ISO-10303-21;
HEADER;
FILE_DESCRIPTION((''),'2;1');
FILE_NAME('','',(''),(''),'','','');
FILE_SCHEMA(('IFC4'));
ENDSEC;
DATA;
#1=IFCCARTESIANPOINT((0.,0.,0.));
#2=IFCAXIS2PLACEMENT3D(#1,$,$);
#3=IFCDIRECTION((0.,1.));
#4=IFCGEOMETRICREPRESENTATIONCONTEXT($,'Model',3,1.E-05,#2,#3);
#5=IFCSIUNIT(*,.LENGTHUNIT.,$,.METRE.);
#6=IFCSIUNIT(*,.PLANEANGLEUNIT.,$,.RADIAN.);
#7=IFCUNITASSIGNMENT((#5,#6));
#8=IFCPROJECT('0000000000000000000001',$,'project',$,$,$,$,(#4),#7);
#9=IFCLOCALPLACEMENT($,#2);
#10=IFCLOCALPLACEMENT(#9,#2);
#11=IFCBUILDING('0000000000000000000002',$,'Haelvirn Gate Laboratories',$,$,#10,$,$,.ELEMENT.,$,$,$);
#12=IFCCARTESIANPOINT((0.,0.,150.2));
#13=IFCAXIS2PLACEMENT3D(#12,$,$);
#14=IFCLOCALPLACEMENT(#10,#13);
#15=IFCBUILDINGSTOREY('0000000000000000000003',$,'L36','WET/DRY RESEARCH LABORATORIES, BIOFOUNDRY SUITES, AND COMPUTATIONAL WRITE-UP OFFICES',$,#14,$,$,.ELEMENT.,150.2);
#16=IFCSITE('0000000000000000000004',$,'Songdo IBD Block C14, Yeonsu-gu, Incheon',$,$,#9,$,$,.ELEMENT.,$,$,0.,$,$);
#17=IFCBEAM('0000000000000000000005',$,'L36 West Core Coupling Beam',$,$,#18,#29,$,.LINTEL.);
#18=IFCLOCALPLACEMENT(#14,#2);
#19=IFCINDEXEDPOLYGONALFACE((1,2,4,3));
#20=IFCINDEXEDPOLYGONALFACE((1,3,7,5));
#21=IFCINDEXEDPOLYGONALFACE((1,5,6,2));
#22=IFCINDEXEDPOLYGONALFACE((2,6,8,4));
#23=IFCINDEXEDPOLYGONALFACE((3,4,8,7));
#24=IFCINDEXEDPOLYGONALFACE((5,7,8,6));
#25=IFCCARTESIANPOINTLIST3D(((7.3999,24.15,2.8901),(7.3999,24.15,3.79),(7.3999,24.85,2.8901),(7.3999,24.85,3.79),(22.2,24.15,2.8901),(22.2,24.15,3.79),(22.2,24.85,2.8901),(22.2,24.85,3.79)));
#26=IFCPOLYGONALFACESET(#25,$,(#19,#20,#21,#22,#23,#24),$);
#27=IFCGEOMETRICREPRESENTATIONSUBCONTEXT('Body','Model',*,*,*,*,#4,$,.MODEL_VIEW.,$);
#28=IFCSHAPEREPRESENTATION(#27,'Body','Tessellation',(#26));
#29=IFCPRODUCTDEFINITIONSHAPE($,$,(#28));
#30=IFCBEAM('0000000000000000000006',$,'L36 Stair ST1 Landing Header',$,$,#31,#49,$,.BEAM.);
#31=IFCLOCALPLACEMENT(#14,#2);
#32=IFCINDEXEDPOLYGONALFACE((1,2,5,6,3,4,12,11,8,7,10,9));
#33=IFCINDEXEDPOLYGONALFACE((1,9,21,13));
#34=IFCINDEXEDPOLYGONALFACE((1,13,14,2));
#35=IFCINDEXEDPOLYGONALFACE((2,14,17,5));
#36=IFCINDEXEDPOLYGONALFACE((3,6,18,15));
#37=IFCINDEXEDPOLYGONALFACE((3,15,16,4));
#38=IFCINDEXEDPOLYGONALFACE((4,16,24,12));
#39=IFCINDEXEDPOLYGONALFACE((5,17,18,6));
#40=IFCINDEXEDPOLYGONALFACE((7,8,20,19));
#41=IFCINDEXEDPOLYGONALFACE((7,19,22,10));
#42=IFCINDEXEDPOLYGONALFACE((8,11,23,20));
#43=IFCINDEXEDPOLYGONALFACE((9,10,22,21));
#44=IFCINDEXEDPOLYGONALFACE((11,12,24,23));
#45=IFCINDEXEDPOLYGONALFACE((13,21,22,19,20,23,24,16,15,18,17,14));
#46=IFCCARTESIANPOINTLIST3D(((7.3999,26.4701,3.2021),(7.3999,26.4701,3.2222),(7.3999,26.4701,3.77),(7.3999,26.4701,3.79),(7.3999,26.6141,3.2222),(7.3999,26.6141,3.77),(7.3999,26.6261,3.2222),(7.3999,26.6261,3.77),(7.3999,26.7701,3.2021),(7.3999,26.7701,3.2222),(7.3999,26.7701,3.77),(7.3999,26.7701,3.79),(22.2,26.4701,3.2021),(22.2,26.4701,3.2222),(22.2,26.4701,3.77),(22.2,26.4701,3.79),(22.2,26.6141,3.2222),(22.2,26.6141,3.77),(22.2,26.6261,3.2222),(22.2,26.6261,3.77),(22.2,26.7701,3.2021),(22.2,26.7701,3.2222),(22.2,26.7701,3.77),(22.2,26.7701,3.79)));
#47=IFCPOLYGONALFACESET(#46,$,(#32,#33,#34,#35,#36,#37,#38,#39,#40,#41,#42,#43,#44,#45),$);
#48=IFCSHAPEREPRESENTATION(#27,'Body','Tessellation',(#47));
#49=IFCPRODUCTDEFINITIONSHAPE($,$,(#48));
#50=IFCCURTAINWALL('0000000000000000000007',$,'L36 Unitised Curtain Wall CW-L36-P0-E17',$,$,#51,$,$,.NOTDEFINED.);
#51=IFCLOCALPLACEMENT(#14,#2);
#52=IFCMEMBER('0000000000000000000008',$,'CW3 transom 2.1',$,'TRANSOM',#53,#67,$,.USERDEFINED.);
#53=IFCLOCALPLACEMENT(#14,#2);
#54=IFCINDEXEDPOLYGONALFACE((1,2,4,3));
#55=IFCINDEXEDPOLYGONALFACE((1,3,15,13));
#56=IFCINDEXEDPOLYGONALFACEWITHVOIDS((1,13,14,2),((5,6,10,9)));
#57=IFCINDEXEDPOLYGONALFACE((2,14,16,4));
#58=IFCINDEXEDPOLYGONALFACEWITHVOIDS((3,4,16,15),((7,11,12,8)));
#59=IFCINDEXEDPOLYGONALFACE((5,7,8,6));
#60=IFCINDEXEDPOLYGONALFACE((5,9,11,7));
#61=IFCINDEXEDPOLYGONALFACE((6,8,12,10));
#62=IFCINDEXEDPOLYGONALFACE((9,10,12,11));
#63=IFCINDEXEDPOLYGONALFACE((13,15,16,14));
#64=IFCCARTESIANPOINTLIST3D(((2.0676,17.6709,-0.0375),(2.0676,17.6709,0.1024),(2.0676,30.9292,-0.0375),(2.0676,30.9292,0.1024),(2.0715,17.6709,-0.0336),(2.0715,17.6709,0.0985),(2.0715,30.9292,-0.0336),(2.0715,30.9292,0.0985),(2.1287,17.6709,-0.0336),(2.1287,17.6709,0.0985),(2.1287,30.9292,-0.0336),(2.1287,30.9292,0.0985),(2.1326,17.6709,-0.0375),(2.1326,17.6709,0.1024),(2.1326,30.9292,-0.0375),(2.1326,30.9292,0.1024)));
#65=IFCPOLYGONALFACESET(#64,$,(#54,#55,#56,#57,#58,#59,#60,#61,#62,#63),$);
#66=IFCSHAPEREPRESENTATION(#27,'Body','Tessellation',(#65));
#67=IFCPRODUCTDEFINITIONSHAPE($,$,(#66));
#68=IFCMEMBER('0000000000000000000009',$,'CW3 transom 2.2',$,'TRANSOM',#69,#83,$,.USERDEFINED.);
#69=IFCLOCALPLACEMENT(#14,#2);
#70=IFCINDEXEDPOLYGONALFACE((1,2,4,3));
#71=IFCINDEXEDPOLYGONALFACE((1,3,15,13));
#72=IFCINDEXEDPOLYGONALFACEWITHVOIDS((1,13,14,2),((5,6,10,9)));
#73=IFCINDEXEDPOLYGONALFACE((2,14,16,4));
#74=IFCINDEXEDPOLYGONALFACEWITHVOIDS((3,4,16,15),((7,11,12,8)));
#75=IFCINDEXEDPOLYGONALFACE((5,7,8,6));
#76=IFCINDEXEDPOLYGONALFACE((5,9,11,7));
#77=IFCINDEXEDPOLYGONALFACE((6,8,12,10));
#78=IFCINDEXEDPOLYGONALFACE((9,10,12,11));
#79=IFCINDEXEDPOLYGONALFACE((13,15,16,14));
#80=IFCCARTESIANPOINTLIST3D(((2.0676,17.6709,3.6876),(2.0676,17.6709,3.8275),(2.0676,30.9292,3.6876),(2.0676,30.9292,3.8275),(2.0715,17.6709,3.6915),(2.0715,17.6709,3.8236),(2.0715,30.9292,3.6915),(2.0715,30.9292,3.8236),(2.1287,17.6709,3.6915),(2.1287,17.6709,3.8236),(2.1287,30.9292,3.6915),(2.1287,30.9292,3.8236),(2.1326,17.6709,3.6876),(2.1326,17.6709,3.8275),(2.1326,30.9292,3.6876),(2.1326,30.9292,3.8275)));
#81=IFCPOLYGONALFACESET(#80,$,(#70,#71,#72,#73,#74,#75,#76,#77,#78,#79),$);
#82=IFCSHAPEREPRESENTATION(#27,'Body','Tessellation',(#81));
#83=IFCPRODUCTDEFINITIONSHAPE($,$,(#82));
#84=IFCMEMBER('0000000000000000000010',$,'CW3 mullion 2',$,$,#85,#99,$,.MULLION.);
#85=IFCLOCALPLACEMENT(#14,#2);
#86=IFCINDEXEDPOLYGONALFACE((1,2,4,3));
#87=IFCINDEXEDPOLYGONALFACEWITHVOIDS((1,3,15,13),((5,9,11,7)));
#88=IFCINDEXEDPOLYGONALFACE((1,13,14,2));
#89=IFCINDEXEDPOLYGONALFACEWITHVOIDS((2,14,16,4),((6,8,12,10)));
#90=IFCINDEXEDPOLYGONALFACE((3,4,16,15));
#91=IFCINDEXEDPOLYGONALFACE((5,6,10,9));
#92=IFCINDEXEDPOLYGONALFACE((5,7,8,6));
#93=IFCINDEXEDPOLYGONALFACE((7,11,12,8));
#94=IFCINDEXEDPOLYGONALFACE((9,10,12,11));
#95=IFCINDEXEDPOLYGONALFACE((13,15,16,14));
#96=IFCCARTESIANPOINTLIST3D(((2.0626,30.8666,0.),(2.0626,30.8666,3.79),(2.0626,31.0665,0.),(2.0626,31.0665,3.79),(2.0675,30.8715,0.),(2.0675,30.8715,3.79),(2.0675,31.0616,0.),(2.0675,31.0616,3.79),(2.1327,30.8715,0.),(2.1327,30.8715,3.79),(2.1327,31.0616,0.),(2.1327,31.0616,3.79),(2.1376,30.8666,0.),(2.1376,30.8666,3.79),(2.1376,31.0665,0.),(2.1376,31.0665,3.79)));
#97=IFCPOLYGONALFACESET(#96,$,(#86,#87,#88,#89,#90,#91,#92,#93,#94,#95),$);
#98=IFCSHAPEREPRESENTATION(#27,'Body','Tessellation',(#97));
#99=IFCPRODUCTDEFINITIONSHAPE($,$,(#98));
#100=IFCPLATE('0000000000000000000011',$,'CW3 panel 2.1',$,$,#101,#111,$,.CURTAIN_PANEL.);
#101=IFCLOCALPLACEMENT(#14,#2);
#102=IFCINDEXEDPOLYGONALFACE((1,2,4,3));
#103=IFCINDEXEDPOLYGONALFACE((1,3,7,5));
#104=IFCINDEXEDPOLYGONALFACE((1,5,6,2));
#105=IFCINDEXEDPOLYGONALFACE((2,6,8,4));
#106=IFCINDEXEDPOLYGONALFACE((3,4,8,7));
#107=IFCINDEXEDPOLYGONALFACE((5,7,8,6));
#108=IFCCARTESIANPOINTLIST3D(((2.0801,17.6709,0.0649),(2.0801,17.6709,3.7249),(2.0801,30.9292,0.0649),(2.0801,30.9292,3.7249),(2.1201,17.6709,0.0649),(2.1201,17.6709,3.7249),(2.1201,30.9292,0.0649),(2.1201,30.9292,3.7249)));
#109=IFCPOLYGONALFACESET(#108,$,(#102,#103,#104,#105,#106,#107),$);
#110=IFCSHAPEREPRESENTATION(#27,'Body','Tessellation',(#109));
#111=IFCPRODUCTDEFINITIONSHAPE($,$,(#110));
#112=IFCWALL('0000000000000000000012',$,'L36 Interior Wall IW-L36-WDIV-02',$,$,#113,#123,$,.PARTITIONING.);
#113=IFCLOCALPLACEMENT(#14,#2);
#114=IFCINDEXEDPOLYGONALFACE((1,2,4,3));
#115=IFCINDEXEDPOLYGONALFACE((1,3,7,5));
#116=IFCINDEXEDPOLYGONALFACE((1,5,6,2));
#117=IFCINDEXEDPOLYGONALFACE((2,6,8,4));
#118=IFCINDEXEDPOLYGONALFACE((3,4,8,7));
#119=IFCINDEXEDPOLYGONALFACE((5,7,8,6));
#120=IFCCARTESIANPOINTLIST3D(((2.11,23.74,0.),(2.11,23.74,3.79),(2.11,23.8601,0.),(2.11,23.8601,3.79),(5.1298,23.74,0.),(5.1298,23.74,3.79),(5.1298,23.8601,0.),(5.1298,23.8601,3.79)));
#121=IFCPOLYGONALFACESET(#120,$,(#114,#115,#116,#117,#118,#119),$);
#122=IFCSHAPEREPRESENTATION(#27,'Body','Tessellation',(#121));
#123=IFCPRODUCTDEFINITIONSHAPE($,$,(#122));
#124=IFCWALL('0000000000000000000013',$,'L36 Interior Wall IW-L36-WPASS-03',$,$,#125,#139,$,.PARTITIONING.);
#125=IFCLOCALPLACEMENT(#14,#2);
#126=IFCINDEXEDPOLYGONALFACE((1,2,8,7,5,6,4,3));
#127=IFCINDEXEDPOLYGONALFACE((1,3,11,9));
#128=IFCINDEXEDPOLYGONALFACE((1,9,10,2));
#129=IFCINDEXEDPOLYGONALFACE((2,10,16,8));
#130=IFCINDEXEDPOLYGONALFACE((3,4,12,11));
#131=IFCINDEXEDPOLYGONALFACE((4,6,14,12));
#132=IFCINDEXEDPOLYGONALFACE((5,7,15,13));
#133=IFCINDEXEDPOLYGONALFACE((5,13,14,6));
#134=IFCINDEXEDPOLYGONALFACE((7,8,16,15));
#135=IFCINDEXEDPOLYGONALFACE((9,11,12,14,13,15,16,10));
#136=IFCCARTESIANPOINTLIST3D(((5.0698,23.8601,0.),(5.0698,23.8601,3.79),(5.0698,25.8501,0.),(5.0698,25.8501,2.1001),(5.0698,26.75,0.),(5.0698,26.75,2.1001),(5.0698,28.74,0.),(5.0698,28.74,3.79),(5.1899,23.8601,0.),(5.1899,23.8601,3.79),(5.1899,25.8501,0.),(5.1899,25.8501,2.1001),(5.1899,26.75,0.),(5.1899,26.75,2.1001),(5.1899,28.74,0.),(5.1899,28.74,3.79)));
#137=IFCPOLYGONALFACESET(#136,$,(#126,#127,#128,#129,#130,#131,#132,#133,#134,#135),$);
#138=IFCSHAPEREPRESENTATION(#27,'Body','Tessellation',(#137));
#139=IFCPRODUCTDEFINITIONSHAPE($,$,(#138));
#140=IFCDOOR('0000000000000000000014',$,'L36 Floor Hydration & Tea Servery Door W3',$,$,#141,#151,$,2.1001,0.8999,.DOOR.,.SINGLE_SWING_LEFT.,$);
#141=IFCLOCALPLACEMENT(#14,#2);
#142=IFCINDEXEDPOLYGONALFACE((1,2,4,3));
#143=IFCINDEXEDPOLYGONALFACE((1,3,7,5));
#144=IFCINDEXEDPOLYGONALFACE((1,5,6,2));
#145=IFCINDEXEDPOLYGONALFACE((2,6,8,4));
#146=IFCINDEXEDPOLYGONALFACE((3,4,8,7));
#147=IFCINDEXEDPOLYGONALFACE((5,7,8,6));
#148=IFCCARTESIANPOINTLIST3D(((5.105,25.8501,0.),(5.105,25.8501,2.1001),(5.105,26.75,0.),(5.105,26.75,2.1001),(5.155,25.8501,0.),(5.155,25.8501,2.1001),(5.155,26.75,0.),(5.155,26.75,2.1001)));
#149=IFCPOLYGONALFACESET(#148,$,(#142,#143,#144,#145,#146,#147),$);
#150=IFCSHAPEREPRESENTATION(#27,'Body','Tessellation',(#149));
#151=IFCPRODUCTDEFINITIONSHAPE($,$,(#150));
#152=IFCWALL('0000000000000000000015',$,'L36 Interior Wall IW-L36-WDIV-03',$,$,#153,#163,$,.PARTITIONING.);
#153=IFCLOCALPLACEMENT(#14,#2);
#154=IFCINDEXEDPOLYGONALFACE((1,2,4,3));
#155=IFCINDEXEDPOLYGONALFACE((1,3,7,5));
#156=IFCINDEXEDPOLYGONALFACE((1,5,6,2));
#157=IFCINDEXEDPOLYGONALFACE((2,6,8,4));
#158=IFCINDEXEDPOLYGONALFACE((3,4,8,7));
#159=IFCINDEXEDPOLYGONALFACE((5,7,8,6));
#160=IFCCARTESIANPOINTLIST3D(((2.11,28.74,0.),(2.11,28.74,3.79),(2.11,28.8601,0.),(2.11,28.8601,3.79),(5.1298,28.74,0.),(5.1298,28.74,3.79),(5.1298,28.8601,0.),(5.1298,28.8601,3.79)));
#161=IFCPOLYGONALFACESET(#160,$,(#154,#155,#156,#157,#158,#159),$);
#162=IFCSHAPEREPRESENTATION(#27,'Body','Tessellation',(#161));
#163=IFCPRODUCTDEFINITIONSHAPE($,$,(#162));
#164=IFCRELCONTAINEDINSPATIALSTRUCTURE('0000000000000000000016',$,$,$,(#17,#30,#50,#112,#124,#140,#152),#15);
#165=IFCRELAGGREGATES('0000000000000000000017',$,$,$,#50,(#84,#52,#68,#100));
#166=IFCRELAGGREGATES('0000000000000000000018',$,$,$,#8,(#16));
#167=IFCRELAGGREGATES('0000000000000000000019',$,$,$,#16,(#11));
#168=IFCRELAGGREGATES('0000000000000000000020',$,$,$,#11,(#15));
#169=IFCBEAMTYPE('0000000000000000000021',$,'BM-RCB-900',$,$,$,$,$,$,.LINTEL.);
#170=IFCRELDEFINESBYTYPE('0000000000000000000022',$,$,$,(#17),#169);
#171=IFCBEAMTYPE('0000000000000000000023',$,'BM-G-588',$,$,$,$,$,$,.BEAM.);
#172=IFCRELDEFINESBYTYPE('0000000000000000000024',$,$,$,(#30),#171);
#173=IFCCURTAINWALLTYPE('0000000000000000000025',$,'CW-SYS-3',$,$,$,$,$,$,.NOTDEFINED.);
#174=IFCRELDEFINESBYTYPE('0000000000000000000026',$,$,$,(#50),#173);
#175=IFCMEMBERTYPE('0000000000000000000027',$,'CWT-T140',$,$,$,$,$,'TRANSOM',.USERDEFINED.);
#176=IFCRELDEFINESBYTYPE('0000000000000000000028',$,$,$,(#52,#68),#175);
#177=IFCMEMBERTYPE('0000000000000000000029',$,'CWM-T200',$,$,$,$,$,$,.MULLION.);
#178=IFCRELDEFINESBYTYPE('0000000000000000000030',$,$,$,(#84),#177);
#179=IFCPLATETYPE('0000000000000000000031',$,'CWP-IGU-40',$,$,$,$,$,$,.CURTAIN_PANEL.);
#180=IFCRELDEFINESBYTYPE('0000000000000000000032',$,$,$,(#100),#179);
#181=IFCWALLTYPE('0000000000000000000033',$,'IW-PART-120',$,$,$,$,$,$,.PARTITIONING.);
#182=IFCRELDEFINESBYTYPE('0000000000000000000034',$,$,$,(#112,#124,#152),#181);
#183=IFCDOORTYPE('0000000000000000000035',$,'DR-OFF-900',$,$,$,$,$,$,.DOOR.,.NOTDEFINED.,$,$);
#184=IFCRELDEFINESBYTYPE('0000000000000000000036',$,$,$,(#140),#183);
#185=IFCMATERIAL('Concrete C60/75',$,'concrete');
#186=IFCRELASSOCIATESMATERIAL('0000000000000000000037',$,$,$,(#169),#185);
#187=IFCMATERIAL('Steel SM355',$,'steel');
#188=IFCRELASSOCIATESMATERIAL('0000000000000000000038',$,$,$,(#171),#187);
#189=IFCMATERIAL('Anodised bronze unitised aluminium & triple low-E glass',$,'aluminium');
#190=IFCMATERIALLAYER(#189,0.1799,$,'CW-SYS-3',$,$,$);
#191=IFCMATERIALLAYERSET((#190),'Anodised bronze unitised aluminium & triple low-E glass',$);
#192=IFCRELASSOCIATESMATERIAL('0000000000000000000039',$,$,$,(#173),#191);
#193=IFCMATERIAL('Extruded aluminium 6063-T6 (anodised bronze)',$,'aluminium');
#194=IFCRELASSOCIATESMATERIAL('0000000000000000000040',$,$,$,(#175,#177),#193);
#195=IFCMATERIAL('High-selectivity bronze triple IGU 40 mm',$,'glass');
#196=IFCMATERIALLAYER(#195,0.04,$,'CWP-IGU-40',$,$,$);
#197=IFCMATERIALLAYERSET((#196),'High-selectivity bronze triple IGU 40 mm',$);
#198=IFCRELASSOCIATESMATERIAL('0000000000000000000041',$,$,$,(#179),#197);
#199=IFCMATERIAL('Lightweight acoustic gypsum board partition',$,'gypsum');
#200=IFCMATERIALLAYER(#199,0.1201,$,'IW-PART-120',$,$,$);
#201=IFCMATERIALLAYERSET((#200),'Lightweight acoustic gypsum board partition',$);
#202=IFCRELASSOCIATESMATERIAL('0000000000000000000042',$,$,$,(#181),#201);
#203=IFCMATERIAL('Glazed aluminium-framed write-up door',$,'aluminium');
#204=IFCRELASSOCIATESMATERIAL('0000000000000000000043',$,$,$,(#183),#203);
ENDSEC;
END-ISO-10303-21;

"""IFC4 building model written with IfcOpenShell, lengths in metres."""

from ifc_helpers import new_model, si_unit, direction, frame, frame_2d, origin, origin_2d, place, context, subcontext, project, spatial, rectangle, hollow_rectangle, i_section, extrude, source, transform, mapped, material, layer, layer_set, material_profile, profile_set, type_object, type_shapes, element, fill, aggregate, save


model = new_model("IFC4")

# Units and contexts
model_context = context("Model", 3, precision=1e-05, world=origin(), true_north=direction((0.0, 1.0)))
body_context = subcontext(model_context, "Body", "Model", "MODEL_VIEW")
ifc_project = project(units=[si_unit("LENGTHUNIT", "METRE"), si_unit("PLANEANGLEUNIT", "RADIAN")], contexts=[model_context])

# Site, building, storey
site_placement = place(None, origin())
site = spatial("IfcSite", under=ifc_project, at=site_placement, Name="Songdo IBD Block C14, Yeonsu-gu, Incheon", CompositionType="ELEMENT", RefElevation=0.0)
building_placement = place(site_placement, origin())
building = spatial("IfcBuilding", under=site, at=building_placement, Name="Haelvirn Gate Laboratories", CompositionType="ELEMENT")
storey_placement = place(building_placement, frame((0.0, 0.0, 150.2)))
storey = spatial("IfcBuildingStorey", under=building, at=storey_placement, Name="L36", Description="WET/DRY RESEARCH LABORATORIES, BIOFOUNDRY SUITES, AND COMPUTATIONAL WRITE-UP OFFICES", CompositionType="ELEMENT", Elevation=150.2)

# Beams
ifc_material_1 = material(Name="Concrete C60/75", Category="concrete")
ifc_material_profile_1 = material_profile(ifc_material_1, rectangle(XDim=0.7, YDim=0.8999, at=origin_2d()), Name="RCB-700x900")
ifc_profile_set_1 = profile_set([ifc_material_profile_1], Name="Concrete C60/75")
beam_type_1 = type_object("IfcBeamType", Name="BM-RCB-900", PredefinedType="LINTEL", material=ifc_profile_set_1)
shared_shape_1 = source(origin(), body_context, "Body", "SweptSolid", [
    extrude(rectangle(XDim=0.7, YDim=0.8999, at=origin_2d()), origin(), (0.0, 0.0, 1.0), 14.8),
])
type_shapes(beam_type_1, [shared_shape_1])
beam_1_placement = place(storey_placement, frame((7.3999, 24.5, 3.3401), z_axis=(1.0, 0.0, 0.0), x_axis=(0.0, 1.0, 0.0)))
element("IfcBeam", 1, at=beam_1_placement, inside=storey, type_object=beam_type_1, Name="L36 West Core Coupling Beam", PredefinedType="LINTEL", context=body_context, shape_type="MappedRepresentation", body=[
    mapped(shared_shape_1, transform((0.0, 0.0, 0.0), scale=1.0)),
])
ifc_material_2 = material(Name="Steel SM355", Category="steel")
ifc_material_profile_2 = material_profile(ifc_material_2, i_section(OverallWidth=0.3, OverallDepth=0.5879, WebThickness=0.012, FlangeThickness=0.02, at=origin_2d()), Name="H-588x300x12x20")
ifc_profile_set_2 = profile_set([ifc_material_profile_2], Name="Steel SM355")
beam_type_2 = type_object("IfcBeamType", Name="BM-G-588", PredefinedType="BEAM", material=ifc_profile_set_2)
shared_shape_2 = source(origin(), body_context, "Body", "SweptSolid", [
    extrude(i_section(OverallWidth=0.3, OverallDepth=0.5879, WebThickness=0.012, FlangeThickness=0.02, at=origin_2d()), origin(), (0.0, 0.0, 1.0), 14.8),
])
type_shapes(beam_type_2, [shared_shape_2])
beam_2_placement = place(storey_placement, frame((7.3999, 26.6201, 3.4961), z_axis=(1.0, 0.0, 0.0), x_axis=(0.0, 1.0, 0.0)))
element("IfcBeam", 2, at=beam_2_placement, inside=storey, type_object=beam_type_2, Name="L36 Stair ST1 Landing Header", PredefinedType="BEAM", context=body_context, shape_type="MappedRepresentation", body=[
    mapped(shared_shape_2, transform((0.0, 0.0, 0.0), scale=1.0)),
])

# Curtain wall, members, plate
ifc_material_3 = material(Name="Anodised bronze unitised aluminium & triple low-E glass", Category="aluminium")
ifc_layer_1 = layer(ifc_material_3, 0.1799, Name="CW-SYS-3")
ifc_layer_set_1 = layer_set([ifc_layer_1], Name="Anodised bronze unitised aluminium & triple low-E glass")
curtain_wall_type = type_object("IfcCurtainWallType", Name="CW-SYS-3", PredefinedType="NOTDEFINED", material=ifc_layer_set_1)
curtain_wall_placement = place(storey_placement, origin())
curtain_wall = element("IfcCurtainWall", 3, at=curtain_wall_placement, inside=storey, type_object=curtain_wall_type, Name="L36 Unitised Curtain Wall CW-L36-P0-E17", PredefinedType="NOTDEFINED")
ifc_material_4 = material(Name="Extruded aluminium 6063-T6 (anodised bronze)", Category="aluminium")
ifc_material_profile_3 = material_profile(ifc_material_4, hollow_rectangle(XDim=0.0649, YDim=0.1399, WallThickness=0.0039, at=origin_2d()), Name="CWT-140x65x4")
ifc_profile_set_3 = profile_set([ifc_material_profile_3], Name="Extruded aluminium 6063-T6 (anodised bronze)")
member_type_1 = type_object("IfcMemberType", Name="CWT-T140", ElementType="TRANSOM", PredefinedType="USERDEFINED", material=ifc_profile_set_3)
shared_shape_3 = source(origin(), body_context, "Body", "SweptSolid", [
    extrude(hollow_rectangle(XDim=0.0649, YDim=0.1399, WallThickness=0.0039, at=origin_2d()), origin(), (0.0, 0.0, 1.0), 13.2583),
])
type_shapes(member_type_1, [shared_shape_3])
member_1_placement = place(storey_placement, frame((2.1001, 30.9292, 0.0325), z_axis=(0.0, -1.0, 0.0), x_axis=(1.0, 0.0, 0.0)))
member_1 = element("IfcMember", 4, at=member_1_placement, type_object=member_type_1, Name="CW3 transom 2.1", ObjectType="TRANSOM", PredefinedType="USERDEFINED", context=body_context, shape_type="MappedRepresentation", body=[
    mapped(shared_shape_3, transform((0.0, 0.0, 0.0), scale=1.0)),
])
member_2_placement = place(storey_placement, frame((2.1001, 30.9292, 3.7576), z_axis=(0.0, -1.0, 0.0), x_axis=(1.0, 0.0, 0.0)))
member_2 = element("IfcMember", 5, at=member_2_placement, type_object=member_type_1, Name="CW3 transom 2.2", ObjectType="TRANSOM", PredefinedType="USERDEFINED", context=body_context, shape_type="MappedRepresentation", body=[
    mapped(shared_shape_3, transform((0.0, 0.0, 0.0), scale=1.0)),
])
ifc_material_profile_4 = material_profile(ifc_material_4, hollow_rectangle(XDim=0.075, YDim=0.2, WallThickness=0.0049, at=origin_2d()), Name="CWM-200x75x5")
ifc_profile_set_4 = profile_set([ifc_material_profile_4], Name="Extruded aluminium 6063-T6 (anodised bronze)")
member_type_2 = type_object("IfcMemberType", Name="CWM-T200", PredefinedType="MULLION", material=ifc_profile_set_4)
shared_shape_4 = source(origin(), body_context, "Body", "SweptSolid", [
    extrude(hollow_rectangle(XDim=0.075, YDim=0.2, WallThickness=0.0049, at=origin_2d()), origin(), (0.0, 0.0, 1.0), 3.79),
])
type_shapes(member_type_2, [shared_shape_4])
member_3_placement = place(storey_placement, frame((2.1001, 30.9666, 0.0), z_axis=(0.0, 0.0, 1.0), x_axis=(1.0, 0.0, 0.0)))
member_3 = element("IfcMember", 6, at=member_3_placement, type_object=member_type_2, Name="CW3 mullion 2", PredefinedType="MULLION", context=body_context, shape_type="MappedRepresentation", body=[
    mapped(shared_shape_4, transform((0.0, 0.0, 0.0), scale=1.0)),
])
ifc_material_5 = material(Name="High-selectivity bronze triple IGU 40 mm", Category="glass")
ifc_layer_2 = layer(ifc_material_5, 0.04, Name="CWP-IGU-40")
ifc_layer_set_2 = layer_set([ifc_layer_2], Name="High-selectivity bronze triple IGU 40 mm")
plate_type = type_object("IfcPlateType", Name="CWP-IGU-40", PredefinedType="CURTAIN_PANEL", material=ifc_layer_set_2)
shared_shape_5 = source(origin(), body_context, "Body", "SweptSolid", [
    extrude(rectangle(XDim=13.2583, YDim=0.04, at=origin_2d()), origin(), (0.0, 0.0, 1.0), 3.6599),
])
type_shapes(plate_type, [shared_shape_5])
plate_placement = place(storey_placement, frame((2.1001, 24.3, 0.0649), z_axis=(0.0, 0.0, 1.0), x_axis=(0.0, -1.0, 0.0)))
plate = element("IfcPlate", 7, at=plate_placement, type_object=plate_type, Name="CW3 panel 2.1", PredefinedType="CURTAIN_PANEL", context=body_context, shape_type="MappedRepresentation", body=[
    mapped(shared_shape_5, transform((0.0, 0.0, 0.0), scale=1.0)),
])
aggregate(curtain_wall, [member_3, member_1, member_2, plate])

# Wall
ifc_material_6 = material(Name="Lightweight acoustic gypsum board partition", Category="gypsum")
ifc_layer_3 = layer(ifc_material_6, 0.1201, Name="IW-PART-120")
ifc_layer_set_3 = layer_set([ifc_layer_3], Name="Lightweight acoustic gypsum board partition")
wall_type_1 = type_object("IfcWallType", Name="IW-PART-120", PredefinedType="PARTITIONING", material=ifc_layer_set_3)
wall_1_placement = place(storey_placement, frame((2.1101, 23.8, 0.0), z_axis=(0.0, 0.0, 1.0), x_axis=(1.0, 0.0, 0.0)))
element("IfcWall", 8, at=wall_1_placement, inside=storey, type_object=wall_type_1, Name="L36 Interior Wall IW-L36-WDIV-02", PredefinedType="PARTITIONING", context=body_context, shape_type="SweptSolid", body=[
    extrude(rectangle(XDim=3.0198, YDim=0.1201, at=frame_2d((1.5098, 0.0))), origin(), (0.0, 0.0, 1.0), 3.79),
])

# Wall, opening, door
wall_2_placement = place(storey_placement, frame((5.1299, 23.8601, 0.0), z_axis=(0.0, 0.0, 1.0), x_axis=(0.0, 1.0, 0.0)))
wall_2 = element("IfcWall", 9, at=wall_2_placement, inside=storey, type_object=wall_type_1, Name="L36 Interior Wall IW-L36-WPASS-03", PredefinedType="PARTITIONING", context=body_context, shape_type="SweptSolid", body=[
    extrude(rectangle(XDim=4.8799, YDim=0.1201, at=frame_2d((2.4399, 0.0))), origin(), (0.0, 0.0, 1.0), 3.79),
])
opening_1_placement = place(wall_2_placement, frame((1.99, 0.0, 0.0)))
opening_1 = element("IfcOpeningElement", 10, at=opening_1_placement, cuts=wall_2, PredefinedType="OPENING", context=body_context, shape_type="SweptSolid", body=[
    extrude(rectangle(XDim=0.8999, YDim=2.1001, at=frame_2d((0.45, 1.05))), frame((0.0, 0.0701, 0.0), z_axis=(0.0, -1.0, 0.0), x_axis=(1.0, 0.0, 0.0)), (0.0, 0.0, 1.0), 0.1401),
])
ifc_material_7 = material(Name="Glazed aluminium-framed write-up door", Category="aluminium")
door_type = type_object("IfcDoorType", Name="DR-OFF-900", OperationType="NOTDEFINED", PredefinedType="DOOR", material=ifc_material_7)
shared_shape_6 = source(origin(), body_context, "Body", "SweptSolid", [
    extrude(rectangle(XDim=0.8999, YDim=2.1001, at=frame_2d((0.45, 1.05))), frame((0.0, 0.0249, 0.0), z_axis=(0.0, -1.0, 0.0), x_axis=(1.0, 0.0, 0.0)), (0.0, 0.0, 1.0), 0.05),
])
type_shapes(door_type, [shared_shape_6])
door_1_placement = place(opening_1_placement, origin())
door_1 = element("IfcDoor", 11, at=door_1_placement, inside=storey, type_object=door_type, Name="L36 Floor Hydration & Tea Servery Door W3", OperationType="SINGLE_SWING_LEFT", OverallHeight=2.1001, OverallWidth=0.8999, PredefinedType="DOOR", context=body_context, shape_type="MappedRepresentation", body=[
    mapped(shared_shape_6, transform((0.0, 0.0, 0.0), scale=1.0)),
])
fill(opening_1, door_1)

# Wall
wall_3_placement = place(storey_placement, frame((2.1101, 28.8, 0.0), z_axis=(0.0, 0.0, 1.0), x_axis=(1.0, 0.0, 0.0)))
element("IfcWall", 12, at=wall_3_placement, inside=storey, type_object=wall_type_1, Name="L36 Interior Wall IW-L36-WDIV-03", PredefinedType="PARTITIONING", context=body_context, shape_type="SweptSolid", body=[
    extrude(rectangle(XDim=3.0198, YDim=0.1201, at=frame_2d((1.5098, 0.0))), origin(), (0.0, 0.0, 1.0), 3.79),
])

save(model, "model.ifc")
